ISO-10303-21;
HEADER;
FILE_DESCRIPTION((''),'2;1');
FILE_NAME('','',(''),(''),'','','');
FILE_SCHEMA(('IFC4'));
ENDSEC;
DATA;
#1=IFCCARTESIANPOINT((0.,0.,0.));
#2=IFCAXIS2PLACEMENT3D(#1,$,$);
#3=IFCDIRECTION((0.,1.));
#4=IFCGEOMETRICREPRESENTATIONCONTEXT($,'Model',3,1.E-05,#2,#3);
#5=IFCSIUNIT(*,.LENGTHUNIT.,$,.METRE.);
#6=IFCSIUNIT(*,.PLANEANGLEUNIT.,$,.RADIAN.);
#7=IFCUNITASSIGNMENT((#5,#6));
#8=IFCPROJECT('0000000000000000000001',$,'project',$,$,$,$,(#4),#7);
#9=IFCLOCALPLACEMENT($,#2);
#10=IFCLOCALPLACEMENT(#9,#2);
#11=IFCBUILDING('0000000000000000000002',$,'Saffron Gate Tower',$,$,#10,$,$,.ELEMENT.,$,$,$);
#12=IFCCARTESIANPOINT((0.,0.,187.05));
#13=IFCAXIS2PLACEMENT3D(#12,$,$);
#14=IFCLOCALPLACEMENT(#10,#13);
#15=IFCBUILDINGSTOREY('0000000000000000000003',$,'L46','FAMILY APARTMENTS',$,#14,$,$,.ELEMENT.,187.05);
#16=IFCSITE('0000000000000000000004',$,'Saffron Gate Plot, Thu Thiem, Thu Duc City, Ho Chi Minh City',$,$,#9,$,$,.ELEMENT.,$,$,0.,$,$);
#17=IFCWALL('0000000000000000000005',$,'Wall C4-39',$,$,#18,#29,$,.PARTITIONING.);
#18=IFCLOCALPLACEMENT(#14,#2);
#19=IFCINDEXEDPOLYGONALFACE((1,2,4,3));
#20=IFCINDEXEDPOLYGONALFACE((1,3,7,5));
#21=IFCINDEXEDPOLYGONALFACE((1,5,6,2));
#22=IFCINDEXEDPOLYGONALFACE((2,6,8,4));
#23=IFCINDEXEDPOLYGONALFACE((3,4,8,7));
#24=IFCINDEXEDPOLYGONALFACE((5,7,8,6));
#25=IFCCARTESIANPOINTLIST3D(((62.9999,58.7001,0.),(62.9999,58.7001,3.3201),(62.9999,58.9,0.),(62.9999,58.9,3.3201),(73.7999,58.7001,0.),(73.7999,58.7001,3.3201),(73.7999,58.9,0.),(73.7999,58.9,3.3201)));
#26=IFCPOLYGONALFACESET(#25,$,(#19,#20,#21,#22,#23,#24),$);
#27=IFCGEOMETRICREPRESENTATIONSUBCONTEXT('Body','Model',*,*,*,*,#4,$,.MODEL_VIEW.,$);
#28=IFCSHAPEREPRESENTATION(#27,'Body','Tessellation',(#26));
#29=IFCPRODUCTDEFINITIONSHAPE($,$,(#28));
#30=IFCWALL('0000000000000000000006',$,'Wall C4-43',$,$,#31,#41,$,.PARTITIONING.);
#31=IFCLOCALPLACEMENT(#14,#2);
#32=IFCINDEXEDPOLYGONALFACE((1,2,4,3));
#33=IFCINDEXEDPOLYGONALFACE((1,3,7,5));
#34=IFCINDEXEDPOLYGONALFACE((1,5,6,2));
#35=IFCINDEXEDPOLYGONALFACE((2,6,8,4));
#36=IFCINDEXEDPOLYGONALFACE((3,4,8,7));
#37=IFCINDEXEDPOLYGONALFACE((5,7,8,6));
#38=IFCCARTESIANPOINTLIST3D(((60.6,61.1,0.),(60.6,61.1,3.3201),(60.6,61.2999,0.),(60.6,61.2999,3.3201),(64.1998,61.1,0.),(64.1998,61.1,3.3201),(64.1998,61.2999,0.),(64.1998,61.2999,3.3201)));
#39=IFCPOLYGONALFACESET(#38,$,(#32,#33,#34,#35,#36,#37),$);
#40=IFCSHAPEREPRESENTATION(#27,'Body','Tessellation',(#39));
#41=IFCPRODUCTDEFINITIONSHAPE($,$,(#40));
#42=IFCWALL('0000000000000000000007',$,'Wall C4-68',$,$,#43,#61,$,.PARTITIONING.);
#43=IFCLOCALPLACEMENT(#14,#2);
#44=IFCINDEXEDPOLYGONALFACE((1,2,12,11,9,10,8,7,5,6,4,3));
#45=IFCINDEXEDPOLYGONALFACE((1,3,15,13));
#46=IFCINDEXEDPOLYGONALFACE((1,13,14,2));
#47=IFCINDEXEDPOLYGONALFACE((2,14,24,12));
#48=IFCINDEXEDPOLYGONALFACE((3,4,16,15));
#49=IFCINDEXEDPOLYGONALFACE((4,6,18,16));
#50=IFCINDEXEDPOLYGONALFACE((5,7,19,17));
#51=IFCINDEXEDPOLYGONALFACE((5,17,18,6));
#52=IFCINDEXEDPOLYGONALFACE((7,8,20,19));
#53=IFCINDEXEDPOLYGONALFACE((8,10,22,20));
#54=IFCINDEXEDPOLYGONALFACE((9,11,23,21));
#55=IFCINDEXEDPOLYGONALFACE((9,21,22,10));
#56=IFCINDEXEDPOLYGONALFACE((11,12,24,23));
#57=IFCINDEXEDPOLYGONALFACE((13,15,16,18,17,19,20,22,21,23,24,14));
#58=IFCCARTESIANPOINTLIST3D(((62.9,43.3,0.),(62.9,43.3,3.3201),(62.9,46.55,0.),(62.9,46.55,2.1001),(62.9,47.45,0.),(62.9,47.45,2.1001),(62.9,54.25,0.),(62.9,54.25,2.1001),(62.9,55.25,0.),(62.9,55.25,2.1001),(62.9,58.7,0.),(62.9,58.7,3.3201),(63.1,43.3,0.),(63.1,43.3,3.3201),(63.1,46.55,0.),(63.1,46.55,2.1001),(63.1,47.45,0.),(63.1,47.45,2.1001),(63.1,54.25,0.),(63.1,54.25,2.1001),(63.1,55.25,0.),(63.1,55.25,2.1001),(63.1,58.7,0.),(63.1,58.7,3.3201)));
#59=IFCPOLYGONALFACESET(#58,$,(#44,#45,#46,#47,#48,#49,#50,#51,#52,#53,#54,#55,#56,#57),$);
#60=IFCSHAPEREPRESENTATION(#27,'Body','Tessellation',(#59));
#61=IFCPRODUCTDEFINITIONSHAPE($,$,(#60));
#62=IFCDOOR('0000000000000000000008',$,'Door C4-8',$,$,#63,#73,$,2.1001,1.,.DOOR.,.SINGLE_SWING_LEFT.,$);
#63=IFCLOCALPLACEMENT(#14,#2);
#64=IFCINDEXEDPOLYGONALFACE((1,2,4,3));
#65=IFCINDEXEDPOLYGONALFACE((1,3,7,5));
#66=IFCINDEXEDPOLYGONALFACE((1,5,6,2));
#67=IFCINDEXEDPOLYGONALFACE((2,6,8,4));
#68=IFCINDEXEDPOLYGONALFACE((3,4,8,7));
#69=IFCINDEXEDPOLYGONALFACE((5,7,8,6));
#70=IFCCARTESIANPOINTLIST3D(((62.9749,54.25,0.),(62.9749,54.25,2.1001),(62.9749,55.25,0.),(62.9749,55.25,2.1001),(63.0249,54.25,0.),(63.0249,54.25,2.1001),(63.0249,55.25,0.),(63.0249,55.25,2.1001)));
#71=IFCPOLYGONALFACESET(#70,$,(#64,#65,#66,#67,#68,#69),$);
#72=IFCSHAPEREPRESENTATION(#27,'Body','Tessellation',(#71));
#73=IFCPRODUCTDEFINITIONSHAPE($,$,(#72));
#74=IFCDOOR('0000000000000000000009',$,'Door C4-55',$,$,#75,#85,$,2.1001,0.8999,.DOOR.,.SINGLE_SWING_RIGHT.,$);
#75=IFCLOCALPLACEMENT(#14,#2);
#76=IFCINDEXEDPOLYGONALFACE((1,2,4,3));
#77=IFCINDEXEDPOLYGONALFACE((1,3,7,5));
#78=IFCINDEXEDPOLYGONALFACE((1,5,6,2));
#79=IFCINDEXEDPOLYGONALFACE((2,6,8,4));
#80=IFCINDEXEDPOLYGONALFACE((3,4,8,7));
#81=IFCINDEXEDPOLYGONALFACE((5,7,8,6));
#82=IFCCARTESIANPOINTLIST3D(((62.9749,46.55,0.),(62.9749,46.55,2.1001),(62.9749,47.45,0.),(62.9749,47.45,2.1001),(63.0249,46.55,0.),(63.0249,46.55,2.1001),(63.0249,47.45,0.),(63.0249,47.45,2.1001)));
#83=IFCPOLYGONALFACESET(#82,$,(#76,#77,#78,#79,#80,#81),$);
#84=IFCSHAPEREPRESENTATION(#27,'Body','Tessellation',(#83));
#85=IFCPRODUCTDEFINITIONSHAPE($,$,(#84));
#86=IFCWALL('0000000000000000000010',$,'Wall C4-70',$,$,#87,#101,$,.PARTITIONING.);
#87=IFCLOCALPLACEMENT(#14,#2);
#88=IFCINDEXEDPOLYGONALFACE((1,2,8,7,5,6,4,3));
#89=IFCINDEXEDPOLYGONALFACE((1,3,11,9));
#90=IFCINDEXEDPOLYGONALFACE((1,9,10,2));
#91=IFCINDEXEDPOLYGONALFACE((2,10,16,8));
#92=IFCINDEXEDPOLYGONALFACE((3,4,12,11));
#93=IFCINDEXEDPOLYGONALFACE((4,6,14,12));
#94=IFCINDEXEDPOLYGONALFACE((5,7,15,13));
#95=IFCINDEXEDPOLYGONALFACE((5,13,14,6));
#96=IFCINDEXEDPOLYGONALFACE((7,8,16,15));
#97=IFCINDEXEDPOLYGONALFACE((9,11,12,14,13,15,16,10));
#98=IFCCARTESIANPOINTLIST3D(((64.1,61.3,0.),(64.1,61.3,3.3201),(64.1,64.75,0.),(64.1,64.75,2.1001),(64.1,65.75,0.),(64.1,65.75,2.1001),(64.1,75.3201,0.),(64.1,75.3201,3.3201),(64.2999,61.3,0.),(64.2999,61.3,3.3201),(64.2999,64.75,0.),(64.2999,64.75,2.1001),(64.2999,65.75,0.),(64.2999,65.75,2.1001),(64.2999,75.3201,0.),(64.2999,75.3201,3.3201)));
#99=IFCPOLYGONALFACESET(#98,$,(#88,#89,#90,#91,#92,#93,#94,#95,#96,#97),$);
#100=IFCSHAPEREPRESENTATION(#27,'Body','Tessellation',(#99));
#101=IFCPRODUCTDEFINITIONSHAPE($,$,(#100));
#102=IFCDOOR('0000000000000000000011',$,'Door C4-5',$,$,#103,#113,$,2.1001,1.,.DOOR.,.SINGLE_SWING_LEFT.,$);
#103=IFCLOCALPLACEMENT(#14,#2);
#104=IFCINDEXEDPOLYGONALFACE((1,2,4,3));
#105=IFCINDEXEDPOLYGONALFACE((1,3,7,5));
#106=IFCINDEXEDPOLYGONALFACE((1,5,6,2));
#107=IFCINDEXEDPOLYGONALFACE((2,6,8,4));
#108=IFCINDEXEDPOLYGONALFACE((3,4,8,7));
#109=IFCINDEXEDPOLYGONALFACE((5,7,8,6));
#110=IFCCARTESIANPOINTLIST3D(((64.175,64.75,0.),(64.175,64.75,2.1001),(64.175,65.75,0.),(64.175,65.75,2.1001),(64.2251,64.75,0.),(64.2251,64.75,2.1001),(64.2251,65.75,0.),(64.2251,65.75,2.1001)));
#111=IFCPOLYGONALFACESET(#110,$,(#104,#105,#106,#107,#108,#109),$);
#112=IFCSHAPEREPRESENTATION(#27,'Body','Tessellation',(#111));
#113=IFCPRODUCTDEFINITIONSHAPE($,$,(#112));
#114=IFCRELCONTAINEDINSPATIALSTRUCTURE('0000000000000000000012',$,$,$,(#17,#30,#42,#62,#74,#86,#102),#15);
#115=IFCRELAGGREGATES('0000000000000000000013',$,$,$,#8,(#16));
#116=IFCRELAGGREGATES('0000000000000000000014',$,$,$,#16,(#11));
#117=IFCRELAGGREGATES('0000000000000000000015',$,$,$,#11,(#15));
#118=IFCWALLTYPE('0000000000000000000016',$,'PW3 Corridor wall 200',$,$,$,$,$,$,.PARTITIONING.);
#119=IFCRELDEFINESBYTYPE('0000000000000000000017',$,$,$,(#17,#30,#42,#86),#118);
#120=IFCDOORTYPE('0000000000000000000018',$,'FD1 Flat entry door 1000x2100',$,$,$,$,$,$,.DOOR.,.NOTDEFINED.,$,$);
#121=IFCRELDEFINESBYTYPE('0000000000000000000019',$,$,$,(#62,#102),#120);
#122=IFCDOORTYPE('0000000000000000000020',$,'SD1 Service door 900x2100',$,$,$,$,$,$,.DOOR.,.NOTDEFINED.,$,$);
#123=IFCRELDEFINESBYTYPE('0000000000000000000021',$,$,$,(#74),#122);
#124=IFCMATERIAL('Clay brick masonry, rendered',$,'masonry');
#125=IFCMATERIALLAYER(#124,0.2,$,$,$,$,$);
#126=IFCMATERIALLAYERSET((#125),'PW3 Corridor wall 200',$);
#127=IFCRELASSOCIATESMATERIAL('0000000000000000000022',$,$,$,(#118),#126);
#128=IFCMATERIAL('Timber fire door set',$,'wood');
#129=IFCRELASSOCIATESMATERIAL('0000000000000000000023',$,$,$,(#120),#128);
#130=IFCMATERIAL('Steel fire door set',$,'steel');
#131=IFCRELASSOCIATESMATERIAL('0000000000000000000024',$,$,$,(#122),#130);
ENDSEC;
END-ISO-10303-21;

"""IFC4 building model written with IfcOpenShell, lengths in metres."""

from ifc_helpers import new_model, si_unit, direction, frame, frame_2d, origin, place, context, subcontext, project, spatial, rectangle, extrude, material, layer, layer_set, type_object, element, fill, save


model = new_model("IFC4")

# Units and contexts
model_context = context("Model", 3, precision=1e-05, world=origin(), true_north=direction((0.0, 1.0)))
body_context = subcontext(model_context, "Body", "Model", "MODEL_VIEW")
ifc_project = project(units=[si_unit("LENGTHUNIT", "METRE"), si_unit("PLANEANGLEUNIT", "RADIAN")], contexts=[model_context])

# Site, building, storey
site_placement = place(None, origin())
site = spatial("IfcSite", under=ifc_project, at=site_placement, Name="Saffron Gate Plot, Thu Thiem, Thu Duc City, Ho Chi Minh City", CompositionType="ELEMENT", RefElevation=0.0)
building_placement = place(site_placement, origin())
building = spatial("IfcBuilding", under=site, at=building_placement, Name="Saffron Gate Tower", CompositionType="ELEMENT")
storey_placement = place(building_placement, frame((0.0, 0.0, 187.05)))
storey = spatial("IfcBuildingStorey", under=building, at=storey_placement, Name="L46", Description="FAMILY APARTMENTS", CompositionType="ELEMENT", Elevation=187.05)

# Shared definitions
ifc_material_1 = material(Name="Steel fire door set", Category="steel")

# Walls
ifc_material_2 = material(Name="Clay brick masonry, rendered", Category="masonry")
ifc_layer_1 = layer(ifc_material_2, 0.2)
ifc_layer_set_1 = layer_set([ifc_layer_1], Name="PW3 Corridor wall 200")
wall_type_1 = type_object("IfcWallType", Name="PW3 Corridor wall 200", PredefinedType="PARTITIONING", material=ifc_layer_set_1)
wall_1_placement = place(storey_placement, frame((63.0, 58.8, 0.0), z_axis=(0.0, 0.0, 1.0), x_axis=(1.0, 0.0, 0.0)))
element("IfcWall", 1, at=wall_1_placement, inside=storey, type_object=wall_type_1, Name="Wall C4-39", PredefinedType="PARTITIONING", context=body_context, shape_type="SweptSolid", body=[
    extrude(rectangle(XDim=10.8, YDim=0.2, at=frame_2d((5.3999, 0.0))), origin(), (0.0, 0.0, 1.0), 3.3201),
])
wall_2_placement = place(storey_placement, frame((60.6001, 61.2, 0.0), z_axis=(0.0, 0.0, 1.0), x_axis=(1.0, 0.0, 0.0)))
element("IfcWall", 2, at=wall_2_placement, inside=storey, type_object=wall_type_1, Name="Wall C4-43", PredefinedType="PARTITIONING", context=body_context, shape_type="SweptSolid", body=[
    extrude(rectangle(XDim=3.5999, YDim=0.2, at=frame_2d((1.7998, 0.0))), origin(), (0.0, 0.0, 1.0), 3.3201),
])

# Wall, openings, doors
wall_3_placement = place(storey_placement, frame((63.0, 58.7, 0.0), z_axis=(0.0, 0.0, 1.0), x_axis=(0.0, -1.0, 0.0)))
wall_3 = element("IfcWall", 3, at=wall_3_placement, inside=storey, type_object=wall_type_1, Name="Wall C4-68", PredefinedType="PARTITIONING", context=body_context, shape_type="SweptSolid", body=[
    extrude(rectangle(XDim=15.3999, YDim=0.2, at=frame_2d((7.7, 0.0))), origin(), (0.0, 0.0, 1.0), 3.3201),
])
opening_1_placement = place(wall_3_placement, frame((3.45, 0.0, 0.0)))
opening_1 = element("IfcOpeningElement", 4, at=opening_1_placement, cuts=wall_3, PredefinedType="OPENING", context=body_context, shape_type="SweptSolid", body=[
    extrude(rectangle(XDim=1.0, YDim=2.1001, at=frame_2d((0.5, 1.05))), frame((0.0, 0.1099, 0.0), z_axis=(0.0, -1.0, 0.0), x_axis=(1.0, 0.0, 0.0)), (0.0, 0.0, 1.0), 0.22),
])
opening_2_placement = place(wall_3_placement, frame((11.25, 0.0, 0.0)))
opening_2 = element("IfcOpeningElement", 5, at=opening_2_placement, cuts=wall_3, PredefinedType="OPENING", context=body_context, shape_type="SweptSolid", body=[
    extrude(rectangle(XDim=0.8999, YDim=2.1001, at=frame_2d((0.45, 1.05))), frame((0.0, 0.1099, 0.0), z_axis=(0.0, -1.0, 0.0), x_axis=(1.0, 0.0, 0.0)), (0.0, 0.0, 1.0), 0.22),
])
ifc_material_3 = material(Name="Timber fire door set", Category="wood")
door_type_1 = type_object("IfcDoorType", Name="FD1 Flat entry door 1000x2100", OperationType="NOTDEFINED", PredefinedType="DOOR", material=ifc_material_3)
door_1_placement = place(opening_1_placement, origin())
door_1 = element("IfcDoor", 6, at=door_1_placement, inside=storey, type_object=door_type_1, Name="Door C4-8", OperationType="SINGLE_SWING_LEFT", OverallHeight=2.1001, OverallWidth=1.0, PredefinedType="DOOR", context=body_context, shape_type="SweptSolid", body=[
    extrude(rectangle(XDim=1.0, YDim=2.1001, at=frame_2d((0.5, 1.05))), frame((0.0, 0.0249, 0.0), z_axis=(0.0, -1.0, 0.0), x_axis=(1.0, 0.0, 0.0)), (0.0, 0.0, 1.0), 0.05),
])
fill(opening_1, door_1)
door_type_2 = type_object("IfcDoorType", Name="SD1 Service door 900x2100", OperationType="NOTDEFINED", PredefinedType="DOOR", material=ifc_material_1)
door_2_placement = place(opening_2_placement, origin())
door_2 = element("IfcDoor", 7, at=door_2_placement, inside=storey, type_object=door_type_2, Name="Door C4-55", OperationType="SINGLE_SWING_RIGHT", OverallHeight=2.1001, OverallWidth=0.8999, PredefinedType="DOOR", context=body_context, shape_type="SweptSolid", body=[
    extrude(rectangle(XDim=0.8999, YDim=2.1001, at=frame_2d((0.45, 1.05))), frame((0.0, 0.0249, 0.0), z_axis=(0.0, -1.0, 0.0), x_axis=(1.0, 0.0, 0.0)), (0.0, 0.0, 1.0), 0.05),
])
fill(opening_2, door_2)

# Wall, opening, door
wall_4_placement = place(storey_placement, frame((64.2, 61.3, 0.0), z_axis=(0.0, 0.0, 1.0), x_axis=(0.0, 1.0, 0.0)))
wall_4 = element("IfcWall", 8, at=wall_4_placement, inside=storey, type_object=wall_type_1, Name="Wall C4-70", PredefinedType="PARTITIONING", context=body_context, shape_type="SweptSolid", body=[
    extrude(rectangle(XDim=14.02, YDim=0.2, at=frame_2d((7.01, 0.0))), origin(), (0.0, 0.0, 1.0), 3.3201),
])
opening_3_placement = place(wall_4_placement, frame((3.45, 0.0, 0.0)))
opening_3 = element("IfcOpeningElement", 9, at=opening_3_placement, cuts=wall_4, PredefinedType="OPENING", context=body_context, shape_type="SweptSolid", body=[
    extrude(rectangle(XDim=1.0, YDim=2.1001, at=frame_2d((0.5, 1.05))), frame((0.0, 0.1099, 0.0), z_axis=(0.0, -1.0, 0.0), x_axis=(1.0, 0.0, 0.0)), (0.0, 0.0, 1.0), 0.22),
])
door_3_placement = place(opening_3_placement, origin())
door_3 = element("IfcDoor", 10, at=door_3_placement, inside=storey, type_object=door_type_1, Name="Door C4-5", OperationType="SINGLE_SWING_LEFT", OverallHeight=2.1001, OverallWidth=1.0, PredefinedType="DOOR", context=body_context, shape_type="SweptSolid", body=[
    extrude(rectangle(XDim=1.0, YDim=2.1001, at=frame_2d((0.5, 1.05))), frame((0.0, 0.0249, 0.0), z_axis=(0.0, -1.0, 0.0), x_axis=(1.0, 0.0, 0.0)), (0.0, 0.0, 1.0), 0.05),
])
fill(opening_3, door_3)

save(model, "model.ifc")
